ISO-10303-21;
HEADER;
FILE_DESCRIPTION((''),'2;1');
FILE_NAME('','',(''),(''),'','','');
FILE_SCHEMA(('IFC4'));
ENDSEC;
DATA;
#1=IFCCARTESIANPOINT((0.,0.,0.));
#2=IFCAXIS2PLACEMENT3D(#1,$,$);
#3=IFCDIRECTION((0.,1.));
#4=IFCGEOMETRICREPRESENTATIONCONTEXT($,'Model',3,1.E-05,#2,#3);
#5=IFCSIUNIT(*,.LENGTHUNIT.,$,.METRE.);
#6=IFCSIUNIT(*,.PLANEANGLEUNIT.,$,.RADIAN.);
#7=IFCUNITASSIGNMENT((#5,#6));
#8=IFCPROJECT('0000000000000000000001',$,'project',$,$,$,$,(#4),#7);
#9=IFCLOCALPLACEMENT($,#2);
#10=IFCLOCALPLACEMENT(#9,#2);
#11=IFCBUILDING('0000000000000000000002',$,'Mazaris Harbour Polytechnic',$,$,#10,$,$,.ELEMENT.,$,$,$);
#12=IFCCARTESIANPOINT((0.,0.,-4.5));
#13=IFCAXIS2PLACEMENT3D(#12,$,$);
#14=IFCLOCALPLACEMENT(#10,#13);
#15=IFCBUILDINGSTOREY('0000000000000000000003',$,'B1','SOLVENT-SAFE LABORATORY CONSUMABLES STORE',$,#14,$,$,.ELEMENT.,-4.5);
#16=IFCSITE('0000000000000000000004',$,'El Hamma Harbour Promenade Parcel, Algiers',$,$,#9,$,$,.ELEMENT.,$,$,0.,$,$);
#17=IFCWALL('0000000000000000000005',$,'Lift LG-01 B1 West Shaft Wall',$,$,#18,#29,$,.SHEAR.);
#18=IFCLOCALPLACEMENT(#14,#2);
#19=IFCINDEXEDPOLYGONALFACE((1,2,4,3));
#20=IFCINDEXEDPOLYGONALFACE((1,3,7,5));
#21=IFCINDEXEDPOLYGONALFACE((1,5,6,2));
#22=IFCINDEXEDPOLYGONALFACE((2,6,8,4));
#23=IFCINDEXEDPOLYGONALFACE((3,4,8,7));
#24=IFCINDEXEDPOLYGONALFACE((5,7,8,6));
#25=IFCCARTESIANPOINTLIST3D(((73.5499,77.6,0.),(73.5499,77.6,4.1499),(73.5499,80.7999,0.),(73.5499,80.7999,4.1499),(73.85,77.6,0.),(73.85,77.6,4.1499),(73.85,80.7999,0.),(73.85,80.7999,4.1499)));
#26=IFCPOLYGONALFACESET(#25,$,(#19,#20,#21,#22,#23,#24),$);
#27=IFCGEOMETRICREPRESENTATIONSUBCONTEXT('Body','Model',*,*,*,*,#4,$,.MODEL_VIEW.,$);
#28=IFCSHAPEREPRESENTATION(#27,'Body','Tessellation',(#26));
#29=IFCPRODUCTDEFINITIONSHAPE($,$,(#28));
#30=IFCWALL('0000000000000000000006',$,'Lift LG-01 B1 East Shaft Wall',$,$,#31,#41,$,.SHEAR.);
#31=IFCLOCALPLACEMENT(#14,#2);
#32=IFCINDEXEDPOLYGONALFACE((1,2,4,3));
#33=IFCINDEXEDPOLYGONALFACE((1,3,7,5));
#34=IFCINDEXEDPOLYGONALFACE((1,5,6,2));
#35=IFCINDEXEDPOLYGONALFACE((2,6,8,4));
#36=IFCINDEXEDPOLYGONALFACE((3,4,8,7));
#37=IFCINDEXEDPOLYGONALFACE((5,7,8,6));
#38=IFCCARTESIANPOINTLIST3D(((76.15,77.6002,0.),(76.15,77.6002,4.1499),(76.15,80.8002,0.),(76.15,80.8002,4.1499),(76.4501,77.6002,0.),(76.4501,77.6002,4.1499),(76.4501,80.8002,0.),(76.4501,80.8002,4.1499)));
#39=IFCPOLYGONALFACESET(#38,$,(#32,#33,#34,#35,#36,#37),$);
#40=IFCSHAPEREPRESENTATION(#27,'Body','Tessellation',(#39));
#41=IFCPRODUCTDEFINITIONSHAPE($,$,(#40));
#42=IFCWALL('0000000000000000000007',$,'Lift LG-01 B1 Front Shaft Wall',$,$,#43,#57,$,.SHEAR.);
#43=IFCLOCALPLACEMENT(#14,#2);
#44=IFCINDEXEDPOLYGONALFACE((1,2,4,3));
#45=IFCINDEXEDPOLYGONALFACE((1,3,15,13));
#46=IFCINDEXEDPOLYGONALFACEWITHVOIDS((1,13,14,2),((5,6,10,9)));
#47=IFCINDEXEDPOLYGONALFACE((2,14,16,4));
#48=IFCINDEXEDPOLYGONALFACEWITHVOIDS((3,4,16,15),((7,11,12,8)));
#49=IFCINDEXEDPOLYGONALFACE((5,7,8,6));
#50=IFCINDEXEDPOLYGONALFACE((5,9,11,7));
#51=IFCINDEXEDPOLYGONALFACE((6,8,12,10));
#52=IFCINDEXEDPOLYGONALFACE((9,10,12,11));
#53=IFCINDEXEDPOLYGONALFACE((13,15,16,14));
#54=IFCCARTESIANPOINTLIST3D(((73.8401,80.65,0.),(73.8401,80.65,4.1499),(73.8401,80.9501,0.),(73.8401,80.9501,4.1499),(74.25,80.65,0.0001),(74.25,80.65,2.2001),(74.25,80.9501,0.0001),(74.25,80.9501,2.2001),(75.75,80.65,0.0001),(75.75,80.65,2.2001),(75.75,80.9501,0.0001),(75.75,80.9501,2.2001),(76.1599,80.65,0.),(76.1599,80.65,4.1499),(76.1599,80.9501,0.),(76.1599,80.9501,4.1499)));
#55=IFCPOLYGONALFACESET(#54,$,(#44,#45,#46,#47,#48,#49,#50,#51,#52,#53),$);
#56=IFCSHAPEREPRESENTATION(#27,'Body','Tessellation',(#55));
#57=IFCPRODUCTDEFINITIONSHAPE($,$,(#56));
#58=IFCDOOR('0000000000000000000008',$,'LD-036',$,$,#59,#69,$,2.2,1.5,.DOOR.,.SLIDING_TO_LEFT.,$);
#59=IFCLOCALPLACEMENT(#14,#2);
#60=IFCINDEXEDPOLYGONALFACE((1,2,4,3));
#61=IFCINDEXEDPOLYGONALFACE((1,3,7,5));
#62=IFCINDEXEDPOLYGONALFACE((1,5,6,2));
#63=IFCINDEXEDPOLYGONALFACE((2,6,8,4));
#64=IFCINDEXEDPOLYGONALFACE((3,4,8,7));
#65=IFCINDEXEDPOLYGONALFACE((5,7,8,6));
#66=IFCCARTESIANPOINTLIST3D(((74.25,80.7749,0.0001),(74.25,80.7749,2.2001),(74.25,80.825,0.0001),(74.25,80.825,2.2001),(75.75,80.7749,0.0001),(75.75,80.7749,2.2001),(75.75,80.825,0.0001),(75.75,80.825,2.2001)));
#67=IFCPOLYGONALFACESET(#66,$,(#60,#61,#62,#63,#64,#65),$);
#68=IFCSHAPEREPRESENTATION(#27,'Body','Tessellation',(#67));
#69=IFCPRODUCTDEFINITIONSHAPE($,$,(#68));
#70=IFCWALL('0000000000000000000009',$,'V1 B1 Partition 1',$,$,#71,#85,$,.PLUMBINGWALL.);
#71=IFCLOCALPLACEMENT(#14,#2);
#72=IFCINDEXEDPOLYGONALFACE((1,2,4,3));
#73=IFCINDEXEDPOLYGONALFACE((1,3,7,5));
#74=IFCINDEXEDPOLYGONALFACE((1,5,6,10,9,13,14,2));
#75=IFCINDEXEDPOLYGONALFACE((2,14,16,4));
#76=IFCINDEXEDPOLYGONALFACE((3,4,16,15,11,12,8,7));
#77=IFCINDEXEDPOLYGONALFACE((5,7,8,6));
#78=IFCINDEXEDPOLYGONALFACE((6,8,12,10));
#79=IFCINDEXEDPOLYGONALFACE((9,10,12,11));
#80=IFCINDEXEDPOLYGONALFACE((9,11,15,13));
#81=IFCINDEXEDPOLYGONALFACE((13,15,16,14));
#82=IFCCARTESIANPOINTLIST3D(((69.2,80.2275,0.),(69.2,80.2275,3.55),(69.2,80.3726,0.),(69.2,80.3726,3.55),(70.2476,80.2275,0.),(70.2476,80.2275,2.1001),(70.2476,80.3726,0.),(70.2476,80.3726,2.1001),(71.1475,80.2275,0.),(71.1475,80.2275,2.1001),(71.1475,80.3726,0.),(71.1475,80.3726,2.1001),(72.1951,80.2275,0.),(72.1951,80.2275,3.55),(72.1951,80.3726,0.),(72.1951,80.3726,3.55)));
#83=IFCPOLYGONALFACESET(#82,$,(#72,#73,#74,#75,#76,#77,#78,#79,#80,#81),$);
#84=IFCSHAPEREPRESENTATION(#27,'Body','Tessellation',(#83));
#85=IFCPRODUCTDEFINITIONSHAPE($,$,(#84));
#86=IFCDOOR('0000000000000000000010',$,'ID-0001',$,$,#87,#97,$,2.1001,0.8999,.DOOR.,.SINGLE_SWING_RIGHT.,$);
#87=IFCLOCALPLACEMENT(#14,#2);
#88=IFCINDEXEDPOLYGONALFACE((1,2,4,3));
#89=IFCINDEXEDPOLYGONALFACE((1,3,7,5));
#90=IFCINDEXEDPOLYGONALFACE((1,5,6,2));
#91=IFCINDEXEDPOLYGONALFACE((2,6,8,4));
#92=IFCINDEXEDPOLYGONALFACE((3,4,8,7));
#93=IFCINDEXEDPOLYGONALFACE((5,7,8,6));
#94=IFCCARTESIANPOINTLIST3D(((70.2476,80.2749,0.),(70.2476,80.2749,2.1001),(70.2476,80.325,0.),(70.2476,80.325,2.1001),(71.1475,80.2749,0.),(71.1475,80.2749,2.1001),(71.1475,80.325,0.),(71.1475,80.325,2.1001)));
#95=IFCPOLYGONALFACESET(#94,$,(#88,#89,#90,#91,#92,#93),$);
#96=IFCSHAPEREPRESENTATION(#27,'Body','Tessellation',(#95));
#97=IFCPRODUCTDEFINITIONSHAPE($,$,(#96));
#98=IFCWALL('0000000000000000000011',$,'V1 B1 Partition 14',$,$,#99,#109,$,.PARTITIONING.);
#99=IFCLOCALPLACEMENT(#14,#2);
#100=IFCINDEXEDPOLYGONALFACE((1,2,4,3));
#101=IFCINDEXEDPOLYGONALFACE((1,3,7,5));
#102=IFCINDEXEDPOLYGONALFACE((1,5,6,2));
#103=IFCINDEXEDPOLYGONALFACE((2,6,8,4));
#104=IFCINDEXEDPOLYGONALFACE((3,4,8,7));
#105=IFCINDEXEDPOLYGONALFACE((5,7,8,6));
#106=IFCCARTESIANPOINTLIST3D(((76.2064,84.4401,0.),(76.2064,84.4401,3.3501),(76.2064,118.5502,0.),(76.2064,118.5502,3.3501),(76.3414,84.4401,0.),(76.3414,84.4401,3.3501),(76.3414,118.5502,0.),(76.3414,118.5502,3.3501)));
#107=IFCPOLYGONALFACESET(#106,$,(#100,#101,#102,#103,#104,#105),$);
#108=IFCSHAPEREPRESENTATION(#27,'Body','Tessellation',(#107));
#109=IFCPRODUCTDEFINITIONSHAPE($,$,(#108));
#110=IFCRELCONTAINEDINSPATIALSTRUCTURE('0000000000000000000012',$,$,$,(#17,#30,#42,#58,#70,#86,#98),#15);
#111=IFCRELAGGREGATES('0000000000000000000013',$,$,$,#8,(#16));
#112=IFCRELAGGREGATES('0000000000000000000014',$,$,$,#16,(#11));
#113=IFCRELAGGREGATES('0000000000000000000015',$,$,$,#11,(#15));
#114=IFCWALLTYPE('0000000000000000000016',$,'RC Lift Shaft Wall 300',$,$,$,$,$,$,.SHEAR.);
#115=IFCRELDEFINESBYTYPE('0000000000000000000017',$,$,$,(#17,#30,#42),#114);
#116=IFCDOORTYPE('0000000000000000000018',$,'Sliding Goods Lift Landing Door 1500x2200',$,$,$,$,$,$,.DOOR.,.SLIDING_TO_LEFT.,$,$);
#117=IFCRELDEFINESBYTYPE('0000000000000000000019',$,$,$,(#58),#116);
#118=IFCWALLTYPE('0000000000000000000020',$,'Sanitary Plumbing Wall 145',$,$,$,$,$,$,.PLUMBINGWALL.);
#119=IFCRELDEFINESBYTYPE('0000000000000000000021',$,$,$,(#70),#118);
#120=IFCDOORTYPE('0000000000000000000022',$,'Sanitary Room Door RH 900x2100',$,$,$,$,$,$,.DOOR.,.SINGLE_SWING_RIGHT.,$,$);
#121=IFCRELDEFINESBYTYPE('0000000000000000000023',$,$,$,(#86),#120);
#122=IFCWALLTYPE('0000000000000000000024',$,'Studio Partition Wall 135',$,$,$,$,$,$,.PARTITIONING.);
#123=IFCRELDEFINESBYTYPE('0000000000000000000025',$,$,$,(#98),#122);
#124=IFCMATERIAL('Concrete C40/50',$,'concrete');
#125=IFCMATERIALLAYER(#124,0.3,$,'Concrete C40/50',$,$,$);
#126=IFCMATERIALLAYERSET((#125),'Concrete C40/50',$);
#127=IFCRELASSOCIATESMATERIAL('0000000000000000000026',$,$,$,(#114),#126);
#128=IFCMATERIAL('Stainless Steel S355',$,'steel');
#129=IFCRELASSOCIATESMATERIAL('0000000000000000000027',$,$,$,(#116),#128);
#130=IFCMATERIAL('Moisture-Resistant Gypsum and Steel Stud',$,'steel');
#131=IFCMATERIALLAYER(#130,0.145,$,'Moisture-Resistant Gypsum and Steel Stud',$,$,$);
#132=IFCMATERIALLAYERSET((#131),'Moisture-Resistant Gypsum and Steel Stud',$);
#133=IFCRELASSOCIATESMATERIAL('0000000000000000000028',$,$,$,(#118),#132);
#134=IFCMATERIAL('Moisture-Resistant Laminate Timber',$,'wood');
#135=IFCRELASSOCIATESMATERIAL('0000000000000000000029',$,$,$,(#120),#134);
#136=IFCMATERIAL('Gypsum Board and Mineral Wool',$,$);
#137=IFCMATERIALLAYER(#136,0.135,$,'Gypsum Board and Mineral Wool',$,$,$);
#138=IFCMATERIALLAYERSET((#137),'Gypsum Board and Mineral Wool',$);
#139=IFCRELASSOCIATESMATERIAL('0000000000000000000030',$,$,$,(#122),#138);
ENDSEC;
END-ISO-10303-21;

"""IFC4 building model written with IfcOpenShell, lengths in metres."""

from ifc_helpers import new_model, si_unit, direction, frame, frame_2d, origin, place, context, subcontext, project, spatial, rectangle, extrude, material, layer, layer_set, type_object, element, fill, save


model = new_model("IFC4")

# Units and contexts
model_context = context("Model", 3, precision=1e-05, world=origin(), true_north=direction((0.0, 1.0)))
body_context = subcontext(model_context, "Body", "Model", "MODEL_VIEW")
ifc_project = project(units=[si_unit("LENGTHUNIT", "METRE"), si_unit("PLANEANGLEUNIT", "RADIAN")], contexts=[model_context])

# Site, building, storey
site_placement = place(None, origin())
site = spatial("IfcSite", under=ifc_project, at=site_placement, Name="El Hamma Harbour Promenade Parcel, Algiers", CompositionType="ELEMENT", RefElevation=0.0)
building_placement = place(site_placement, origin())
building = spatial("IfcBuilding", under=site, at=building_placement, Name="Mazaris Harbour Polytechnic", CompositionType="ELEMENT")
storey_placement = place(building_placement, frame((0.0, 0.0, -4.5)))
storey = spatial("IfcBuildingStorey", under=building, at=storey_placement, Name="B1", Description="SOLVENT-SAFE LABORATORY CONSUMABLES STORE", CompositionType="ELEMENT", Elevation=-4.5)

# Walls
ifc_material_1 = material(Name="Concrete C40/50", Category="concrete")
ifc_layer_1 = layer(ifc_material_1, 0.3, Name="Concrete C40/50")
ifc_layer_set_1 = layer_set([ifc_layer_1], Name="Concrete C40/50")
wall_type_1 = type_object("IfcWallType", Name="RC Lift Shaft Wall 300", PredefinedType="SHEAR", material=ifc_layer_set_1)
for number, where, z_axis, x_axis, name in (
    (1, (73.7, 80.8, 0.0), (0.0, 0.0, 1.0), (0.0, -1.0, 0.0), "Lift LG-01 B1 West Shaft Wall"),
    (2, (76.3, 77.6001, 0.0), (0.0, 0.0, 1.0), (0.0, 1.0, 0.0), "Lift LG-01 B1 East Shaft Wall"),
):
    element("IfcWall", number, at=place(storey_placement, frame(where, z_axis=z_axis, x_axis=x_axis)), inside=storey, type_object=wall_type_1, Name=name, PredefinedType="SHEAR", context=body_context, shape_type="SweptSolid", body=[
        extrude(rectangle(XDim=3.2, YDim=0.3, at=frame_2d((1.6001, 0.0))), origin(), (0.0, 0.0, 1.0), 4.1499),
    ])

# Walls, openings, doors
wall_1_placement = place(storey_placement, frame((73.8401, 80.8, 0.0), z_axis=(0.0, 0.0, 1.0), x_axis=(1.0, 0.0, 0.0)))
wall_1 = element("IfcWall", 3, at=wall_1_placement, inside=storey, type_object=wall_type_1, Name="Lift LG-01 B1 Front Shaft Wall", PredefinedType="SHEAR", context=body_context, shape_type="SweptSolid", body=[
    extrude(rectangle(XDim=2.3198, YDim=0.3, at=frame_2d((1.1599, 0.0))), origin(), (0.0, 0.0, 1.0), 4.1499),
])
opening_1_placement = place(wall_1_placement, frame((0.4099, 0.0, 0.0)))
opening_1 = element("IfcOpeningElement", 4, at=opening_1_placement, cuts=wall_1, PredefinedType="OPENING", context=body_context, shape_type="SweptSolid", body=[
    extrude(rectangle(XDim=1.5, YDim=2.2, at=frame_2d((0.75, 1.1001))), frame((0.0, 0.1599, 0.0), z_axis=(0.0, -1.0, 0.0), x_axis=(1.0, 0.0, 0.0)), (0.0, 0.0, 1.0), 0.3201),
])
ifc_material_2 = material(Name="Stainless Steel S355", Category="steel")
door_type_1 = type_object("IfcDoorType", Name="Sliding Goods Lift Landing Door 1500x2200", OperationType="SLIDING_TO_LEFT", PredefinedType="DOOR", material=ifc_material_2)
door_1_placement = place(opening_1_placement, origin())
door_1 = element("IfcDoor", 5, at=door_1_placement, inside=storey, type_object=door_type_1, Name="LD-036", OperationType="SLIDING_TO_LEFT", OverallHeight=2.2, OverallWidth=1.5, PredefinedType="DOOR", context=body_context, shape_type="SweptSolid", body=[
    extrude(rectangle(XDim=1.5, YDim=2.2, at=frame_2d((0.75, 1.1001))), frame((0.0, 0.0249, 0.0), z_axis=(0.0, -1.0, 0.0), x_axis=(1.0, 0.0, 0.0)), (0.0, 0.0, 1.0), 0.05),
])
fill(opening_1, door_1)
ifc_material_3 = material(Name="Moisture-Resistant Gypsum and Steel Stud", Category="steel")
ifc_layer_2 = layer(ifc_material_3, 0.145, Name="Moisture-Resistant Gypsum and Steel Stud")
ifc_layer_set_2 = layer_set([ifc_layer_2], Name="Moisture-Resistant Gypsum and Steel Stud")
wall_type_2 = type_object("IfcWallType", Name="Sanitary Plumbing Wall 145", PredefinedType="PLUMBINGWALL", material=ifc_layer_set_2)
wall_2_placement = place(storey_placement, frame((69.2, 80.3, 0.0), z_axis=(0.0, 0.0, 1.0), x_axis=(1.0, 0.0, 0.0)))
wall_2 = element("IfcWall", 6, at=wall_2_placement, inside=storey, type_object=wall_type_2, Name="V1 B1 Partition 1", PredefinedType="PLUMBINGWALL", context=body_context, shape_type="SweptSolid", body=[
    extrude(rectangle(XDim=2.9951, YDim=0.145, at=frame_2d((1.4976, 0.0))), origin(), (0.0, 0.0, 1.0), 3.55),
])
opening_2_placement = place(wall_2_placement, frame((1.0476, 0.0, 0.0)))
opening_2 = element("IfcOpeningElement", 7, at=opening_2_placement, cuts=wall_2, PredefinedType="OPENING", context=body_context, shape_type="SweptSolid", body=[
    extrude(rectangle(XDim=0.8999, YDim=2.1001, at=frame_2d((0.45, 1.05))), frame((0.0, 0.0825, 0.0), z_axis=(0.0, -1.0, 0.0), x_axis=(1.0, 0.0, 0.0)), (0.0, 0.0, 1.0), 0.165),
])
ifc_material_4 = material(Name="Moisture-Resistant Laminate Timber", Category="wood")
door_type_2 = type_object("IfcDoorType", Name="Sanitary Room Door RH 900x2100", OperationType="SINGLE_SWING_RIGHT", PredefinedType="DOOR", material=ifc_material_4)
door_2_placement = place(opening_2_placement, origin())
door_2 = element("IfcDoor", 8, at=door_2_placement, inside=storey, type_object=door_type_2, Name="ID-0001", OperationType="SINGLE_SWING_RIGHT", OverallHeight=2.1001, OverallWidth=0.8999, PredefinedType="DOOR", context=body_context, shape_type="SweptSolid", body=[
    extrude(rectangle(XDim=0.8999, YDim=2.1001, at=frame_2d((0.45, 1.05))), frame((0.0, 0.0249, 0.0), z_axis=(0.0, -1.0, 0.0), x_axis=(1.0, 0.0, 0.0)), (0.0, 0.0, 1.0), 0.05),
])
fill(opening_2, door_2)

# Wall
ifc_material_5 = material(Name="Gypsum Board and Mineral Wool")
ifc_layer_3 = layer(ifc_material_5, 0.135, Name="Gypsum Board and Mineral Wool")
ifc_layer_set_3 = layer_set([ifc_layer_3], Name="Gypsum Board and Mineral Wool")
wall_type_3 = type_object("IfcWallType", Name="Studio Partition Wall 135", PredefinedType="PARTITIONING", material=ifc_layer_set_3)
wall_3_placement = place(storey_placement, frame((76.2739, 84.4399, 0.0), z_axis=(0.0, 0.0, 1.0), x_axis=(0.0, 1.0, 0.0)))
element("IfcWall", 9, at=wall_3_placement, inside=storey, type_object=wall_type_3, Name="V1 B1 Partition 14", PredefinedType="PARTITIONING", context=body_context, shape_type="SweptSolid", body=[
    extrude(rectangle(XDim=34.1101, YDim=0.135, at=frame_2d((17.0552, 0.0))), origin(), (0.0, 0.0, 1.0), 3.3501),
])

save(model, "model.ifc")
